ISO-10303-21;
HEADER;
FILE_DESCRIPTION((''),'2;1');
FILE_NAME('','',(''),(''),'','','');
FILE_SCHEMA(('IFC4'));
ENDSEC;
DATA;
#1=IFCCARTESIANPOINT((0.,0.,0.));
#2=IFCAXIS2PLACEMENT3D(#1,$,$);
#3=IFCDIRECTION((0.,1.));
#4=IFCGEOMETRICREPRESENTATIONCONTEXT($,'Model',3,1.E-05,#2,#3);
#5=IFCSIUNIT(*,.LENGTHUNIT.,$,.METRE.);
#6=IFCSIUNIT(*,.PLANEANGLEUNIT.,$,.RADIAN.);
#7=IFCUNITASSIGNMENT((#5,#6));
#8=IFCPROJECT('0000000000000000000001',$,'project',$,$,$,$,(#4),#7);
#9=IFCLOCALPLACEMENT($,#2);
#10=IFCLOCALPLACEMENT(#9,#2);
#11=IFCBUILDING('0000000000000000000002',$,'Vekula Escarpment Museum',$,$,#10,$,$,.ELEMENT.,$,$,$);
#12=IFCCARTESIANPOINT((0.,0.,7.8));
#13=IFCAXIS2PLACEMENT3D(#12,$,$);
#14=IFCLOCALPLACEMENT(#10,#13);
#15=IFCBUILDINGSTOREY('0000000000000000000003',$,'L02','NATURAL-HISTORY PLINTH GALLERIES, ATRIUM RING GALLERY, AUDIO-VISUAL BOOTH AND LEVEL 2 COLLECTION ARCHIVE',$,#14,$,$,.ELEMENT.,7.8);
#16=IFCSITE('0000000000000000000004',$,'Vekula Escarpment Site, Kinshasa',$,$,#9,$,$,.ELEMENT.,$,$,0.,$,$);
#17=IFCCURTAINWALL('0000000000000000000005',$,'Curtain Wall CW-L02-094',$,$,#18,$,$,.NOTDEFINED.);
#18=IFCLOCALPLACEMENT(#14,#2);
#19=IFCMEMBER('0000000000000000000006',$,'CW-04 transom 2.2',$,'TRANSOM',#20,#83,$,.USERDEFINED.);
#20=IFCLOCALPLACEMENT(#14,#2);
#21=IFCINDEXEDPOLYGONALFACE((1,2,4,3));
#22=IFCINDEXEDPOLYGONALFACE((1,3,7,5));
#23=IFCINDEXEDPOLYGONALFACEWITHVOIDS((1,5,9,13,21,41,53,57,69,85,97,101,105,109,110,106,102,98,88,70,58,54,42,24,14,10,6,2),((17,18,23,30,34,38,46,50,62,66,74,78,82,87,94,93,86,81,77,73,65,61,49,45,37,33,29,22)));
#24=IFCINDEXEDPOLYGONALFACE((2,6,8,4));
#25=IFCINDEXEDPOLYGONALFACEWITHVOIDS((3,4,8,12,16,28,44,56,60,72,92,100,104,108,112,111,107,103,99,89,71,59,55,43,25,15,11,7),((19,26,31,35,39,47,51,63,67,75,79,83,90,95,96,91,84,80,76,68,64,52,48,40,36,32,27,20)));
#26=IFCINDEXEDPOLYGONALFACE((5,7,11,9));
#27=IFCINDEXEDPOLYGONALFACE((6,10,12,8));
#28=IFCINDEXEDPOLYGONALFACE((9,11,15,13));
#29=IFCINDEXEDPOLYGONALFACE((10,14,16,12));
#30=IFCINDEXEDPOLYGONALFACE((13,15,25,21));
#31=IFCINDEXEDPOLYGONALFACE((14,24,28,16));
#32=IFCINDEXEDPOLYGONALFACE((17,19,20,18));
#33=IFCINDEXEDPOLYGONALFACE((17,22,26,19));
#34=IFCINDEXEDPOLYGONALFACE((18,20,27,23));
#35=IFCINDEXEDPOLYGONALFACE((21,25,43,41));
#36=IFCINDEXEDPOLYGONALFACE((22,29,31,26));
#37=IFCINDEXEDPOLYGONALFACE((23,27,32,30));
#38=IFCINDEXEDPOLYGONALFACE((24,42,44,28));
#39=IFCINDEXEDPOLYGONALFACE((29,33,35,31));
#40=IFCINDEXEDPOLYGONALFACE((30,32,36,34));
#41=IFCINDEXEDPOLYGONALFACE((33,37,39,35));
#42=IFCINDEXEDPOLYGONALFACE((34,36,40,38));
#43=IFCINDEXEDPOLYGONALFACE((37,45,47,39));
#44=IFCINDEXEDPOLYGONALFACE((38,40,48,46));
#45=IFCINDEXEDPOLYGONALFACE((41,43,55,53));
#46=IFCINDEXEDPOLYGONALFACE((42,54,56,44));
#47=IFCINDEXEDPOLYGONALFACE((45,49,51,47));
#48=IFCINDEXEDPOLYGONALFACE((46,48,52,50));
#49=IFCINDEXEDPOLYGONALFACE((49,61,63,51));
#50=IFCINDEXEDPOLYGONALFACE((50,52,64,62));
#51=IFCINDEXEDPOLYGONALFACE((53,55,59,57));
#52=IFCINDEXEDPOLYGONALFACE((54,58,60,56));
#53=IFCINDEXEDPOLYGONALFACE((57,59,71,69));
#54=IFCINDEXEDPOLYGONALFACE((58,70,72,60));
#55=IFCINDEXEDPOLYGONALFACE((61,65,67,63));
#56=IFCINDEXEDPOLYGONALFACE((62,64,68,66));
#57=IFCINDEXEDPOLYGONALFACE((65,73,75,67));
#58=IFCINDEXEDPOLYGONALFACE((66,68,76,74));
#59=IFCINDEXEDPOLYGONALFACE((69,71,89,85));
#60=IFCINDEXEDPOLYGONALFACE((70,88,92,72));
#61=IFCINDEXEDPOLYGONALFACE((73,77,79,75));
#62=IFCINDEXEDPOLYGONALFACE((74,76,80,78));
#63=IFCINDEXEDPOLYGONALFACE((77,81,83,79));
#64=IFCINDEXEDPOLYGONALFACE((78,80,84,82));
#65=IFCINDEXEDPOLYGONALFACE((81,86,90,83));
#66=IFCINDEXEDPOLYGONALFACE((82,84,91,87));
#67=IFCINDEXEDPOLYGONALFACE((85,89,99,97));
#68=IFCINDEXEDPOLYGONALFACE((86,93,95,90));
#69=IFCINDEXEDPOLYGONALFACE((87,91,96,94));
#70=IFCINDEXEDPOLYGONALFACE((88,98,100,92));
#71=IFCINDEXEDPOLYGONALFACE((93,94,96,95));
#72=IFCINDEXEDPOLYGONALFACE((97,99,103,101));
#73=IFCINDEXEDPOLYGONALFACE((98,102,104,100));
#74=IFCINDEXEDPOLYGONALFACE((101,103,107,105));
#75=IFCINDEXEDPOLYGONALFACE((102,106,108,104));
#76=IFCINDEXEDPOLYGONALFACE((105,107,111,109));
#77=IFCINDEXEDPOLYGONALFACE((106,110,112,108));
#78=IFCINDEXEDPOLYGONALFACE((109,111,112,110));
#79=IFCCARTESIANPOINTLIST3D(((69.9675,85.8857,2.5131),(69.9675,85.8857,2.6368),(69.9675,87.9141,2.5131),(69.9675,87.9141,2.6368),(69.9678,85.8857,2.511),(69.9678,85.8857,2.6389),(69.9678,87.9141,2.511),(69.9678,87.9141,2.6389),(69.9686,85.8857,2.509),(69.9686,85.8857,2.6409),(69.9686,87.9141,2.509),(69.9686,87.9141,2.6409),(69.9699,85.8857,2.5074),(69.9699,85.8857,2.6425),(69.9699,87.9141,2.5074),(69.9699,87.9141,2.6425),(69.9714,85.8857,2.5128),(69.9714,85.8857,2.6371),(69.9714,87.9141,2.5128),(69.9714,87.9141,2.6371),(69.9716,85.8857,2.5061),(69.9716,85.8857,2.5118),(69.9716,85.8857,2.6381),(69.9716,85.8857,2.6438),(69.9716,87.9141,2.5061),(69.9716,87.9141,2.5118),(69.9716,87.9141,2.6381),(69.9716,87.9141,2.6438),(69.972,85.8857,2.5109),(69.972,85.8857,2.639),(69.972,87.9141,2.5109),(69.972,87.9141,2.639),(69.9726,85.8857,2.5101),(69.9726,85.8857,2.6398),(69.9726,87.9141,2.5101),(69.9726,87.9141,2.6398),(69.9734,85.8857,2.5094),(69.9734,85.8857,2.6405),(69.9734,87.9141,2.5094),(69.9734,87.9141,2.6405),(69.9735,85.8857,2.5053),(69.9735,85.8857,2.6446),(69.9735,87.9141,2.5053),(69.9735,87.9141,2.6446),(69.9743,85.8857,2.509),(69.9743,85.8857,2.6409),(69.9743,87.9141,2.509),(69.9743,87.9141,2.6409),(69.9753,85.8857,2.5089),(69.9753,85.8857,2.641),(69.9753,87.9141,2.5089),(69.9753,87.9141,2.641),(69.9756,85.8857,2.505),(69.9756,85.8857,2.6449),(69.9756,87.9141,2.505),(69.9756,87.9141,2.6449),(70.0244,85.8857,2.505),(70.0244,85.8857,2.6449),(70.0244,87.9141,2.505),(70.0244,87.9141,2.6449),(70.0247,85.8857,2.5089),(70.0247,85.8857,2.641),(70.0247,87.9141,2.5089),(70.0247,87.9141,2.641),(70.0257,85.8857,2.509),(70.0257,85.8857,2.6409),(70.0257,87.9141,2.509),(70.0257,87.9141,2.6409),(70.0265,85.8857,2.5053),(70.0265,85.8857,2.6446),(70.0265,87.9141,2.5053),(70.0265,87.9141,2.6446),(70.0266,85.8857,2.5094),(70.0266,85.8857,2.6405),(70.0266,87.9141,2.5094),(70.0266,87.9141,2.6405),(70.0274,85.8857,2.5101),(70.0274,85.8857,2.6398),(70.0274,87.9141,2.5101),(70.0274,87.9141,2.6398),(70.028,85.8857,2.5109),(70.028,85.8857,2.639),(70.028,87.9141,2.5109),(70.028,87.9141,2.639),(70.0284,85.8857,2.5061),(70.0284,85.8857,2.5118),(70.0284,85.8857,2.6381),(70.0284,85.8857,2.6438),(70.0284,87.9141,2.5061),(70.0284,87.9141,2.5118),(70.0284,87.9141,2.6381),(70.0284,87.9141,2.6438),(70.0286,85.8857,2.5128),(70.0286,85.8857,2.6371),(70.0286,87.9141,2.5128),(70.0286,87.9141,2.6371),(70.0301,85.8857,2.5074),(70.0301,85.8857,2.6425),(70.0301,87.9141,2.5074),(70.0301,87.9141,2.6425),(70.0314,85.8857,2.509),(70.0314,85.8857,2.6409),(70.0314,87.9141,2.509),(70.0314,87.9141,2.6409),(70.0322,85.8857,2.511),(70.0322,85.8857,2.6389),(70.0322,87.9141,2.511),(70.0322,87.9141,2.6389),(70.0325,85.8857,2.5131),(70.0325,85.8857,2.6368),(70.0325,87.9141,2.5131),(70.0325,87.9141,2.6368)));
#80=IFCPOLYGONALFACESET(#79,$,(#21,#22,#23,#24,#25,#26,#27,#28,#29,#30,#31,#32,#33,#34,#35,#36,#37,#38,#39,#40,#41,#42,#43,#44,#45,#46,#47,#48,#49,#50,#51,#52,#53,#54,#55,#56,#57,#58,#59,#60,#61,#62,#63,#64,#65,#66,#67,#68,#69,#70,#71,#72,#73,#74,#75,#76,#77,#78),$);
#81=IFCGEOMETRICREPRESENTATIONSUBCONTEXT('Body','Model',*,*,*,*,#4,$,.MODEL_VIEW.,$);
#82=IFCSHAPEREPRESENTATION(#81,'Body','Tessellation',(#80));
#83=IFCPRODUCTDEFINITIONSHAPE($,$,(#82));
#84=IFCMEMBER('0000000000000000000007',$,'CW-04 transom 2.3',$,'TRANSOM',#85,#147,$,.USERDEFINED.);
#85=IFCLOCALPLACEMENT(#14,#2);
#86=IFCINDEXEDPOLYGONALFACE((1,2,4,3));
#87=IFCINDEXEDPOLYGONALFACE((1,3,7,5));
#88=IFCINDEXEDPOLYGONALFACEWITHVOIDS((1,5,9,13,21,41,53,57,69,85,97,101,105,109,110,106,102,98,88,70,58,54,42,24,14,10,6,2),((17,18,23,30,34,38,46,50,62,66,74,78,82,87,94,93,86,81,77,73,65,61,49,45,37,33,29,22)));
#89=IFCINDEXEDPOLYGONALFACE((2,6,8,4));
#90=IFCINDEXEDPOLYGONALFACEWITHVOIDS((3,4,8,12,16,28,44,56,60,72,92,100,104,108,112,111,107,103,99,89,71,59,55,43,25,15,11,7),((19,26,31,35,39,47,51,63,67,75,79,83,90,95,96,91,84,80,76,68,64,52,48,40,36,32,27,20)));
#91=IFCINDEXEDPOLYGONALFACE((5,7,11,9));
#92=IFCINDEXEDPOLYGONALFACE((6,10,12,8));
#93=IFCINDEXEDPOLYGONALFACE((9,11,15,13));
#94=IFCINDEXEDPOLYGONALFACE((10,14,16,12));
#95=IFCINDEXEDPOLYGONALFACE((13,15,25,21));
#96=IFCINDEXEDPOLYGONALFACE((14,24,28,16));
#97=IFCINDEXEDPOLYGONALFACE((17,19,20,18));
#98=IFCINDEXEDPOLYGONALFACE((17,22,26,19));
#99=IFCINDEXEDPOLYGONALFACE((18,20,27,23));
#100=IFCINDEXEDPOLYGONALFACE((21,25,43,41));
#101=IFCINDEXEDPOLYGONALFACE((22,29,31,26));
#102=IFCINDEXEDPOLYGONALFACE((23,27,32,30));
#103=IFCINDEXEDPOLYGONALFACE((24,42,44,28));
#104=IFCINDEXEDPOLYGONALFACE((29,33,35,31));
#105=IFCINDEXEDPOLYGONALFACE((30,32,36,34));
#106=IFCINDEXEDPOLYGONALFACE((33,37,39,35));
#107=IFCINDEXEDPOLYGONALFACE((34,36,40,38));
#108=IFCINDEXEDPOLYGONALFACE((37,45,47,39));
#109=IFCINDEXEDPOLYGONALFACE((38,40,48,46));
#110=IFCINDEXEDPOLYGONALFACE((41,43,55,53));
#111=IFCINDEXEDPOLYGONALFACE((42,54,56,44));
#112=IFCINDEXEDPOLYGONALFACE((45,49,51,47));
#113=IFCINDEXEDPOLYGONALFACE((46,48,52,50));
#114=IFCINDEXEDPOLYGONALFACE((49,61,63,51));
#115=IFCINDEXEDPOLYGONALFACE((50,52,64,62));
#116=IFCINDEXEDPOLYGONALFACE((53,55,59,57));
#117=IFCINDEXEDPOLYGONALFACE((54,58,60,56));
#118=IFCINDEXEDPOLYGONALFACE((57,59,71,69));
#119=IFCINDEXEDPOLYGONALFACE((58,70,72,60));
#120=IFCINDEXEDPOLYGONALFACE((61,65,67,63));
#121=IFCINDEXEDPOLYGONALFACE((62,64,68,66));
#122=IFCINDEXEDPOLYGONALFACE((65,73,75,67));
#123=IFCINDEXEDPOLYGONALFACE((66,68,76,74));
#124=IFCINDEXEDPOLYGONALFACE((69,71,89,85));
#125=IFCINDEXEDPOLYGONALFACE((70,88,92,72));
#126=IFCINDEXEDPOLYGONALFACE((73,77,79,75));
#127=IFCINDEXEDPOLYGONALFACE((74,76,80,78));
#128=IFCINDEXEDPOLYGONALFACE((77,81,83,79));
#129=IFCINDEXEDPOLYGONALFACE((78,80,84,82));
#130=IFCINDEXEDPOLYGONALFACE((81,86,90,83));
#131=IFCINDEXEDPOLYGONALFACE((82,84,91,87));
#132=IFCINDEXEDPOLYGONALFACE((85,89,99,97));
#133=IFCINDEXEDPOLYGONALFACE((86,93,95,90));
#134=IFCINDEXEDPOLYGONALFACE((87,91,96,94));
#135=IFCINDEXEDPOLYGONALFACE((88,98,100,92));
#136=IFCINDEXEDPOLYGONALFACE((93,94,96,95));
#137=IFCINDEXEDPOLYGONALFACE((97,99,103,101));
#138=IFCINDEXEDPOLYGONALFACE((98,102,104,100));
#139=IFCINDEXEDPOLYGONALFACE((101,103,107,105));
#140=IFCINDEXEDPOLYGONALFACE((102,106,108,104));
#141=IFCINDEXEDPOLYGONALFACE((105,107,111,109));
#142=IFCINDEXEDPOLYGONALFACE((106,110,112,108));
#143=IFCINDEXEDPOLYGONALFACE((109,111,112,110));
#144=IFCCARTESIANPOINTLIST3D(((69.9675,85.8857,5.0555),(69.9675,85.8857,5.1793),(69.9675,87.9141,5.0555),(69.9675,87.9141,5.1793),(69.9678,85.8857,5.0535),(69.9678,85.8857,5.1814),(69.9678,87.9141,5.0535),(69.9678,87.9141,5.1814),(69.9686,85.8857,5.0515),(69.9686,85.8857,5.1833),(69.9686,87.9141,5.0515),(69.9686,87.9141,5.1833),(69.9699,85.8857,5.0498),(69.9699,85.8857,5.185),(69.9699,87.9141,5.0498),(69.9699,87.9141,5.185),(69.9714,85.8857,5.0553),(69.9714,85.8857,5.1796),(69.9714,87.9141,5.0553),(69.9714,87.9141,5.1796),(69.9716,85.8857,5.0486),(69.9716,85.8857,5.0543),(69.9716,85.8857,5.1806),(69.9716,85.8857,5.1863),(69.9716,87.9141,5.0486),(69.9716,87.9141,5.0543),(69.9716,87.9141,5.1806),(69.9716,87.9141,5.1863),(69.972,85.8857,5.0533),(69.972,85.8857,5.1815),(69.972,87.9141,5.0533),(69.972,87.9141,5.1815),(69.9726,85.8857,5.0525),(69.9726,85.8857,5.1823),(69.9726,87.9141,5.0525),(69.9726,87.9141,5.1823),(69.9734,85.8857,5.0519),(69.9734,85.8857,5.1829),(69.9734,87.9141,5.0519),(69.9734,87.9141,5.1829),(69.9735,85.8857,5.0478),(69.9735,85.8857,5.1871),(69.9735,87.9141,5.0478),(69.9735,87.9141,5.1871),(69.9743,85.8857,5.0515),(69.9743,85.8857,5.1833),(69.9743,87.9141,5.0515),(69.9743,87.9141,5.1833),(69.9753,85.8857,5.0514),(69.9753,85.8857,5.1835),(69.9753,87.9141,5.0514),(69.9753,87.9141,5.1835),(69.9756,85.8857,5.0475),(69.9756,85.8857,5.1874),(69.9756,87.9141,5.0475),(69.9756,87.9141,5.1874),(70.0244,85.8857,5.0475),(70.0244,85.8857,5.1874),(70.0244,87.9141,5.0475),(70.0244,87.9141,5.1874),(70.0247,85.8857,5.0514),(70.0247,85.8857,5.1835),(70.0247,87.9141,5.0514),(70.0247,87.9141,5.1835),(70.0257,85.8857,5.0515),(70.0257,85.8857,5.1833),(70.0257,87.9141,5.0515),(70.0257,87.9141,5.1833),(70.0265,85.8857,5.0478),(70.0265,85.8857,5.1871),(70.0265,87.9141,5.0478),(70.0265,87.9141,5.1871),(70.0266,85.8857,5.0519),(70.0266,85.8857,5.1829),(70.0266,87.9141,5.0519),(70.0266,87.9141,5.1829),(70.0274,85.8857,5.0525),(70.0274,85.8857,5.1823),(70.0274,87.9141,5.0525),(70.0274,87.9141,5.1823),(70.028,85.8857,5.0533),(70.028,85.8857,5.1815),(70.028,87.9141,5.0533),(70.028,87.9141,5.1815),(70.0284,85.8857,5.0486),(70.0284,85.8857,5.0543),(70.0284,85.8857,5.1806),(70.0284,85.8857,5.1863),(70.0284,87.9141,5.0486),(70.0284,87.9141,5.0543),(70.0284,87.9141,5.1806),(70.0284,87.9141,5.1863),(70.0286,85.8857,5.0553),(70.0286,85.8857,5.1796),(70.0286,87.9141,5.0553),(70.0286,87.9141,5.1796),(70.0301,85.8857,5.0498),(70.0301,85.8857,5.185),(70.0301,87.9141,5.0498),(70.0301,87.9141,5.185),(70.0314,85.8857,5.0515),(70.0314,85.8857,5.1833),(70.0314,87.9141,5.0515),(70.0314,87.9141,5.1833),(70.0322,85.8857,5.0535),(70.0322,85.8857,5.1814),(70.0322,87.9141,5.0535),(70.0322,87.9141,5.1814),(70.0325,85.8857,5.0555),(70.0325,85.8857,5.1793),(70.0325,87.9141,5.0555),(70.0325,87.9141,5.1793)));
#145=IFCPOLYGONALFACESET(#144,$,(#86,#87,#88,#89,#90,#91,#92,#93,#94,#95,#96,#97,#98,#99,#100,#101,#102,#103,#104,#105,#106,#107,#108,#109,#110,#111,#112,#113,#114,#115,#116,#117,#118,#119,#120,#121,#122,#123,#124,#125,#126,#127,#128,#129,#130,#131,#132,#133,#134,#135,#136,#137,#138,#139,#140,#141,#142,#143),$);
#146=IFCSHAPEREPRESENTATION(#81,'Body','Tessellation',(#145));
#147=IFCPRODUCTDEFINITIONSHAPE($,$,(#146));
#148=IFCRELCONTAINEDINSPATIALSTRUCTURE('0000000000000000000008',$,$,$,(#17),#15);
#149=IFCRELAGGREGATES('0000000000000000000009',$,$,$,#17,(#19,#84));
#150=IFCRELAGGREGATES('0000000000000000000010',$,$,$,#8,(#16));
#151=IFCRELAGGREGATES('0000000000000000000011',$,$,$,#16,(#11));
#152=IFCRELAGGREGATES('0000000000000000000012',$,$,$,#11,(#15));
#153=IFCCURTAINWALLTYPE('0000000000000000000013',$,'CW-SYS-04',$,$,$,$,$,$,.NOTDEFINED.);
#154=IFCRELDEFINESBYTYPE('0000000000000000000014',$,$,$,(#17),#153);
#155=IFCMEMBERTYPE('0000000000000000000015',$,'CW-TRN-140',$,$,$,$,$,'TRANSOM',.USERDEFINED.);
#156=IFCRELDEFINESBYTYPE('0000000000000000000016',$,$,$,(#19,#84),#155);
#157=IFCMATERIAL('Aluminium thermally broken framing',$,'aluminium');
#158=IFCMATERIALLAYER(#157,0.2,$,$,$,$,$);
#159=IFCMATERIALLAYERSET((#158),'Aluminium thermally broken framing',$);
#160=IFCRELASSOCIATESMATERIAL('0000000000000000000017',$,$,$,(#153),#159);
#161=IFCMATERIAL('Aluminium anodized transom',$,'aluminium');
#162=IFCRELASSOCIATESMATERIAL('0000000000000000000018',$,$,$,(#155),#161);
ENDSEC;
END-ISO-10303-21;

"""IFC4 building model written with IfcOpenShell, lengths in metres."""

from ifc_helpers import new_model, si_unit, direction, frame, origin, origin_2d, place, context, subcontext, project, spatial, hollow_rectangle, extrude, material, layer, layer_set, material_profile, profile_set, type_object, element, aggregate, save


model = new_model("IFC4")

# Units and contexts
model_context = context("Model", 3, precision=1e-05, world=origin(), true_north=direction((0.0, 1.0)))
body_context = subcontext(model_context, "Body", "Model", "MODEL_VIEW")
ifc_project = project(units=[si_unit("LENGTHUNIT", "METRE"), si_unit("PLANEANGLEUNIT", "RADIAN")], contexts=[model_context])

# Site, building, storey
site_placement = place(None, origin())
site = spatial("IfcSite", under=ifc_project, at=site_placement, Name="Vekula Escarpment Site, Kinshasa", CompositionType="ELEMENT", RefElevation=0.0)
building_placement = place(site_placement, origin())
building = spatial("IfcBuilding", under=site, at=building_placement, Name="Vekula Escarpment Museum", CompositionType="ELEMENT")
storey_placement = place(building_placement, frame((0.0, 0.0, 7.8)))
storey = spatial("IfcBuildingStorey", under=building, at=storey_placement, Name="L02", Description="NATURAL-HISTORY PLINTH GALLERIES, ATRIUM RING GALLERY, AUDIO-VISUAL BOOTH AND LEVEL 2 COLLECTION ARCHIVE", CompositionType="ELEMENT", Elevation=7.8)

# Curtain wall
ifc_material_1 = material(Name="Aluminium thermally broken framing", Category="aluminium")
ifc_layer_1 = layer(ifc_material_1, 0.2)
ifc_layer_set_1 = layer_set([ifc_layer_1], Name="Aluminium thermally broken framing")
curtain_wall_type_1 = type_object("IfcCurtainWallType", Name="CW-SYS-04", PredefinedType="NOTDEFINED", material=ifc_layer_set_1)
curtain_wall_1_placement = place(storey_placement, origin())
curtain_wall_1 = element("IfcCurtainWall", 1, at=curtain_wall_1_placement, inside=storey, type_object=curtain_wall_type_1, Name="Curtain Wall CW-L02-094", PredefinedType="NOTDEFINED")

# Members
ifc_material_2 = material(Name="Aluminium anodized transom", Category="aluminium")
ifc_material_profile_1 = material_profile(ifc_material_2, hollow_rectangle(XDim=0.0649, YDim=0.1399, WallThickness=0.0039, InnerFilletRadius=0.0039, OuterFilletRadius=0.0081, at=origin_2d()), Name="ALU 140x65x4")
ifc_profile_set_1 = profile_set([ifc_material_profile_1], Name="Aluminium anodized transom")
member_type_1 = type_object("IfcMemberType", Name="CW-TRN-140", ElementType="TRANSOM", PredefinedType="USERDEFINED", material=ifc_profile_set_1)
member_1_placement = place(storey_placement, frame((70.0, 87.9141, 2.575), z_axis=(0.0, -1.0, 0.0), x_axis=(1.0, 0.0, 0.0)))
member_1 = element("IfcMember", 2, at=member_1_placement, type_object=member_type_1, Name="CW-04 transom 2.2", ObjectType="TRANSOM", PredefinedType="USERDEFINED", context=body_context, shape_type="SweptSolid", body=[
    extrude(hollow_rectangle(XDim=0.0649, YDim=0.1399, WallThickness=0.0039, InnerFilletRadius=0.0039, OuterFilletRadius=0.0081, at=origin_2d()), origin(), (0.0, 0.0, 1.0), 2.0283),
])
member_2_placement = place(storey_placement, frame((70.0, 87.9141, 5.1174), z_axis=(0.0, -1.0, 0.0), x_axis=(1.0, 0.0, 0.0)))
member_2 = element("IfcMember", 3, at=member_2_placement, type_object=member_type_1, Name="CW-04 transom 2.3", ObjectType="TRANSOM", PredefinedType="USERDEFINED", context=body_context, shape_type="SweptSolid", body=[
    extrude(hollow_rectangle(XDim=0.0649, YDim=0.1399, WallThickness=0.0039, InnerFilletRadius=0.0039, OuterFilletRadius=0.0081, at=origin_2d()), origin(), (0.0, 0.0, 1.0), 2.0283),
])

aggregate(curtain_wall_1, [member_1, member_2])

save(model, "model.ifc")
